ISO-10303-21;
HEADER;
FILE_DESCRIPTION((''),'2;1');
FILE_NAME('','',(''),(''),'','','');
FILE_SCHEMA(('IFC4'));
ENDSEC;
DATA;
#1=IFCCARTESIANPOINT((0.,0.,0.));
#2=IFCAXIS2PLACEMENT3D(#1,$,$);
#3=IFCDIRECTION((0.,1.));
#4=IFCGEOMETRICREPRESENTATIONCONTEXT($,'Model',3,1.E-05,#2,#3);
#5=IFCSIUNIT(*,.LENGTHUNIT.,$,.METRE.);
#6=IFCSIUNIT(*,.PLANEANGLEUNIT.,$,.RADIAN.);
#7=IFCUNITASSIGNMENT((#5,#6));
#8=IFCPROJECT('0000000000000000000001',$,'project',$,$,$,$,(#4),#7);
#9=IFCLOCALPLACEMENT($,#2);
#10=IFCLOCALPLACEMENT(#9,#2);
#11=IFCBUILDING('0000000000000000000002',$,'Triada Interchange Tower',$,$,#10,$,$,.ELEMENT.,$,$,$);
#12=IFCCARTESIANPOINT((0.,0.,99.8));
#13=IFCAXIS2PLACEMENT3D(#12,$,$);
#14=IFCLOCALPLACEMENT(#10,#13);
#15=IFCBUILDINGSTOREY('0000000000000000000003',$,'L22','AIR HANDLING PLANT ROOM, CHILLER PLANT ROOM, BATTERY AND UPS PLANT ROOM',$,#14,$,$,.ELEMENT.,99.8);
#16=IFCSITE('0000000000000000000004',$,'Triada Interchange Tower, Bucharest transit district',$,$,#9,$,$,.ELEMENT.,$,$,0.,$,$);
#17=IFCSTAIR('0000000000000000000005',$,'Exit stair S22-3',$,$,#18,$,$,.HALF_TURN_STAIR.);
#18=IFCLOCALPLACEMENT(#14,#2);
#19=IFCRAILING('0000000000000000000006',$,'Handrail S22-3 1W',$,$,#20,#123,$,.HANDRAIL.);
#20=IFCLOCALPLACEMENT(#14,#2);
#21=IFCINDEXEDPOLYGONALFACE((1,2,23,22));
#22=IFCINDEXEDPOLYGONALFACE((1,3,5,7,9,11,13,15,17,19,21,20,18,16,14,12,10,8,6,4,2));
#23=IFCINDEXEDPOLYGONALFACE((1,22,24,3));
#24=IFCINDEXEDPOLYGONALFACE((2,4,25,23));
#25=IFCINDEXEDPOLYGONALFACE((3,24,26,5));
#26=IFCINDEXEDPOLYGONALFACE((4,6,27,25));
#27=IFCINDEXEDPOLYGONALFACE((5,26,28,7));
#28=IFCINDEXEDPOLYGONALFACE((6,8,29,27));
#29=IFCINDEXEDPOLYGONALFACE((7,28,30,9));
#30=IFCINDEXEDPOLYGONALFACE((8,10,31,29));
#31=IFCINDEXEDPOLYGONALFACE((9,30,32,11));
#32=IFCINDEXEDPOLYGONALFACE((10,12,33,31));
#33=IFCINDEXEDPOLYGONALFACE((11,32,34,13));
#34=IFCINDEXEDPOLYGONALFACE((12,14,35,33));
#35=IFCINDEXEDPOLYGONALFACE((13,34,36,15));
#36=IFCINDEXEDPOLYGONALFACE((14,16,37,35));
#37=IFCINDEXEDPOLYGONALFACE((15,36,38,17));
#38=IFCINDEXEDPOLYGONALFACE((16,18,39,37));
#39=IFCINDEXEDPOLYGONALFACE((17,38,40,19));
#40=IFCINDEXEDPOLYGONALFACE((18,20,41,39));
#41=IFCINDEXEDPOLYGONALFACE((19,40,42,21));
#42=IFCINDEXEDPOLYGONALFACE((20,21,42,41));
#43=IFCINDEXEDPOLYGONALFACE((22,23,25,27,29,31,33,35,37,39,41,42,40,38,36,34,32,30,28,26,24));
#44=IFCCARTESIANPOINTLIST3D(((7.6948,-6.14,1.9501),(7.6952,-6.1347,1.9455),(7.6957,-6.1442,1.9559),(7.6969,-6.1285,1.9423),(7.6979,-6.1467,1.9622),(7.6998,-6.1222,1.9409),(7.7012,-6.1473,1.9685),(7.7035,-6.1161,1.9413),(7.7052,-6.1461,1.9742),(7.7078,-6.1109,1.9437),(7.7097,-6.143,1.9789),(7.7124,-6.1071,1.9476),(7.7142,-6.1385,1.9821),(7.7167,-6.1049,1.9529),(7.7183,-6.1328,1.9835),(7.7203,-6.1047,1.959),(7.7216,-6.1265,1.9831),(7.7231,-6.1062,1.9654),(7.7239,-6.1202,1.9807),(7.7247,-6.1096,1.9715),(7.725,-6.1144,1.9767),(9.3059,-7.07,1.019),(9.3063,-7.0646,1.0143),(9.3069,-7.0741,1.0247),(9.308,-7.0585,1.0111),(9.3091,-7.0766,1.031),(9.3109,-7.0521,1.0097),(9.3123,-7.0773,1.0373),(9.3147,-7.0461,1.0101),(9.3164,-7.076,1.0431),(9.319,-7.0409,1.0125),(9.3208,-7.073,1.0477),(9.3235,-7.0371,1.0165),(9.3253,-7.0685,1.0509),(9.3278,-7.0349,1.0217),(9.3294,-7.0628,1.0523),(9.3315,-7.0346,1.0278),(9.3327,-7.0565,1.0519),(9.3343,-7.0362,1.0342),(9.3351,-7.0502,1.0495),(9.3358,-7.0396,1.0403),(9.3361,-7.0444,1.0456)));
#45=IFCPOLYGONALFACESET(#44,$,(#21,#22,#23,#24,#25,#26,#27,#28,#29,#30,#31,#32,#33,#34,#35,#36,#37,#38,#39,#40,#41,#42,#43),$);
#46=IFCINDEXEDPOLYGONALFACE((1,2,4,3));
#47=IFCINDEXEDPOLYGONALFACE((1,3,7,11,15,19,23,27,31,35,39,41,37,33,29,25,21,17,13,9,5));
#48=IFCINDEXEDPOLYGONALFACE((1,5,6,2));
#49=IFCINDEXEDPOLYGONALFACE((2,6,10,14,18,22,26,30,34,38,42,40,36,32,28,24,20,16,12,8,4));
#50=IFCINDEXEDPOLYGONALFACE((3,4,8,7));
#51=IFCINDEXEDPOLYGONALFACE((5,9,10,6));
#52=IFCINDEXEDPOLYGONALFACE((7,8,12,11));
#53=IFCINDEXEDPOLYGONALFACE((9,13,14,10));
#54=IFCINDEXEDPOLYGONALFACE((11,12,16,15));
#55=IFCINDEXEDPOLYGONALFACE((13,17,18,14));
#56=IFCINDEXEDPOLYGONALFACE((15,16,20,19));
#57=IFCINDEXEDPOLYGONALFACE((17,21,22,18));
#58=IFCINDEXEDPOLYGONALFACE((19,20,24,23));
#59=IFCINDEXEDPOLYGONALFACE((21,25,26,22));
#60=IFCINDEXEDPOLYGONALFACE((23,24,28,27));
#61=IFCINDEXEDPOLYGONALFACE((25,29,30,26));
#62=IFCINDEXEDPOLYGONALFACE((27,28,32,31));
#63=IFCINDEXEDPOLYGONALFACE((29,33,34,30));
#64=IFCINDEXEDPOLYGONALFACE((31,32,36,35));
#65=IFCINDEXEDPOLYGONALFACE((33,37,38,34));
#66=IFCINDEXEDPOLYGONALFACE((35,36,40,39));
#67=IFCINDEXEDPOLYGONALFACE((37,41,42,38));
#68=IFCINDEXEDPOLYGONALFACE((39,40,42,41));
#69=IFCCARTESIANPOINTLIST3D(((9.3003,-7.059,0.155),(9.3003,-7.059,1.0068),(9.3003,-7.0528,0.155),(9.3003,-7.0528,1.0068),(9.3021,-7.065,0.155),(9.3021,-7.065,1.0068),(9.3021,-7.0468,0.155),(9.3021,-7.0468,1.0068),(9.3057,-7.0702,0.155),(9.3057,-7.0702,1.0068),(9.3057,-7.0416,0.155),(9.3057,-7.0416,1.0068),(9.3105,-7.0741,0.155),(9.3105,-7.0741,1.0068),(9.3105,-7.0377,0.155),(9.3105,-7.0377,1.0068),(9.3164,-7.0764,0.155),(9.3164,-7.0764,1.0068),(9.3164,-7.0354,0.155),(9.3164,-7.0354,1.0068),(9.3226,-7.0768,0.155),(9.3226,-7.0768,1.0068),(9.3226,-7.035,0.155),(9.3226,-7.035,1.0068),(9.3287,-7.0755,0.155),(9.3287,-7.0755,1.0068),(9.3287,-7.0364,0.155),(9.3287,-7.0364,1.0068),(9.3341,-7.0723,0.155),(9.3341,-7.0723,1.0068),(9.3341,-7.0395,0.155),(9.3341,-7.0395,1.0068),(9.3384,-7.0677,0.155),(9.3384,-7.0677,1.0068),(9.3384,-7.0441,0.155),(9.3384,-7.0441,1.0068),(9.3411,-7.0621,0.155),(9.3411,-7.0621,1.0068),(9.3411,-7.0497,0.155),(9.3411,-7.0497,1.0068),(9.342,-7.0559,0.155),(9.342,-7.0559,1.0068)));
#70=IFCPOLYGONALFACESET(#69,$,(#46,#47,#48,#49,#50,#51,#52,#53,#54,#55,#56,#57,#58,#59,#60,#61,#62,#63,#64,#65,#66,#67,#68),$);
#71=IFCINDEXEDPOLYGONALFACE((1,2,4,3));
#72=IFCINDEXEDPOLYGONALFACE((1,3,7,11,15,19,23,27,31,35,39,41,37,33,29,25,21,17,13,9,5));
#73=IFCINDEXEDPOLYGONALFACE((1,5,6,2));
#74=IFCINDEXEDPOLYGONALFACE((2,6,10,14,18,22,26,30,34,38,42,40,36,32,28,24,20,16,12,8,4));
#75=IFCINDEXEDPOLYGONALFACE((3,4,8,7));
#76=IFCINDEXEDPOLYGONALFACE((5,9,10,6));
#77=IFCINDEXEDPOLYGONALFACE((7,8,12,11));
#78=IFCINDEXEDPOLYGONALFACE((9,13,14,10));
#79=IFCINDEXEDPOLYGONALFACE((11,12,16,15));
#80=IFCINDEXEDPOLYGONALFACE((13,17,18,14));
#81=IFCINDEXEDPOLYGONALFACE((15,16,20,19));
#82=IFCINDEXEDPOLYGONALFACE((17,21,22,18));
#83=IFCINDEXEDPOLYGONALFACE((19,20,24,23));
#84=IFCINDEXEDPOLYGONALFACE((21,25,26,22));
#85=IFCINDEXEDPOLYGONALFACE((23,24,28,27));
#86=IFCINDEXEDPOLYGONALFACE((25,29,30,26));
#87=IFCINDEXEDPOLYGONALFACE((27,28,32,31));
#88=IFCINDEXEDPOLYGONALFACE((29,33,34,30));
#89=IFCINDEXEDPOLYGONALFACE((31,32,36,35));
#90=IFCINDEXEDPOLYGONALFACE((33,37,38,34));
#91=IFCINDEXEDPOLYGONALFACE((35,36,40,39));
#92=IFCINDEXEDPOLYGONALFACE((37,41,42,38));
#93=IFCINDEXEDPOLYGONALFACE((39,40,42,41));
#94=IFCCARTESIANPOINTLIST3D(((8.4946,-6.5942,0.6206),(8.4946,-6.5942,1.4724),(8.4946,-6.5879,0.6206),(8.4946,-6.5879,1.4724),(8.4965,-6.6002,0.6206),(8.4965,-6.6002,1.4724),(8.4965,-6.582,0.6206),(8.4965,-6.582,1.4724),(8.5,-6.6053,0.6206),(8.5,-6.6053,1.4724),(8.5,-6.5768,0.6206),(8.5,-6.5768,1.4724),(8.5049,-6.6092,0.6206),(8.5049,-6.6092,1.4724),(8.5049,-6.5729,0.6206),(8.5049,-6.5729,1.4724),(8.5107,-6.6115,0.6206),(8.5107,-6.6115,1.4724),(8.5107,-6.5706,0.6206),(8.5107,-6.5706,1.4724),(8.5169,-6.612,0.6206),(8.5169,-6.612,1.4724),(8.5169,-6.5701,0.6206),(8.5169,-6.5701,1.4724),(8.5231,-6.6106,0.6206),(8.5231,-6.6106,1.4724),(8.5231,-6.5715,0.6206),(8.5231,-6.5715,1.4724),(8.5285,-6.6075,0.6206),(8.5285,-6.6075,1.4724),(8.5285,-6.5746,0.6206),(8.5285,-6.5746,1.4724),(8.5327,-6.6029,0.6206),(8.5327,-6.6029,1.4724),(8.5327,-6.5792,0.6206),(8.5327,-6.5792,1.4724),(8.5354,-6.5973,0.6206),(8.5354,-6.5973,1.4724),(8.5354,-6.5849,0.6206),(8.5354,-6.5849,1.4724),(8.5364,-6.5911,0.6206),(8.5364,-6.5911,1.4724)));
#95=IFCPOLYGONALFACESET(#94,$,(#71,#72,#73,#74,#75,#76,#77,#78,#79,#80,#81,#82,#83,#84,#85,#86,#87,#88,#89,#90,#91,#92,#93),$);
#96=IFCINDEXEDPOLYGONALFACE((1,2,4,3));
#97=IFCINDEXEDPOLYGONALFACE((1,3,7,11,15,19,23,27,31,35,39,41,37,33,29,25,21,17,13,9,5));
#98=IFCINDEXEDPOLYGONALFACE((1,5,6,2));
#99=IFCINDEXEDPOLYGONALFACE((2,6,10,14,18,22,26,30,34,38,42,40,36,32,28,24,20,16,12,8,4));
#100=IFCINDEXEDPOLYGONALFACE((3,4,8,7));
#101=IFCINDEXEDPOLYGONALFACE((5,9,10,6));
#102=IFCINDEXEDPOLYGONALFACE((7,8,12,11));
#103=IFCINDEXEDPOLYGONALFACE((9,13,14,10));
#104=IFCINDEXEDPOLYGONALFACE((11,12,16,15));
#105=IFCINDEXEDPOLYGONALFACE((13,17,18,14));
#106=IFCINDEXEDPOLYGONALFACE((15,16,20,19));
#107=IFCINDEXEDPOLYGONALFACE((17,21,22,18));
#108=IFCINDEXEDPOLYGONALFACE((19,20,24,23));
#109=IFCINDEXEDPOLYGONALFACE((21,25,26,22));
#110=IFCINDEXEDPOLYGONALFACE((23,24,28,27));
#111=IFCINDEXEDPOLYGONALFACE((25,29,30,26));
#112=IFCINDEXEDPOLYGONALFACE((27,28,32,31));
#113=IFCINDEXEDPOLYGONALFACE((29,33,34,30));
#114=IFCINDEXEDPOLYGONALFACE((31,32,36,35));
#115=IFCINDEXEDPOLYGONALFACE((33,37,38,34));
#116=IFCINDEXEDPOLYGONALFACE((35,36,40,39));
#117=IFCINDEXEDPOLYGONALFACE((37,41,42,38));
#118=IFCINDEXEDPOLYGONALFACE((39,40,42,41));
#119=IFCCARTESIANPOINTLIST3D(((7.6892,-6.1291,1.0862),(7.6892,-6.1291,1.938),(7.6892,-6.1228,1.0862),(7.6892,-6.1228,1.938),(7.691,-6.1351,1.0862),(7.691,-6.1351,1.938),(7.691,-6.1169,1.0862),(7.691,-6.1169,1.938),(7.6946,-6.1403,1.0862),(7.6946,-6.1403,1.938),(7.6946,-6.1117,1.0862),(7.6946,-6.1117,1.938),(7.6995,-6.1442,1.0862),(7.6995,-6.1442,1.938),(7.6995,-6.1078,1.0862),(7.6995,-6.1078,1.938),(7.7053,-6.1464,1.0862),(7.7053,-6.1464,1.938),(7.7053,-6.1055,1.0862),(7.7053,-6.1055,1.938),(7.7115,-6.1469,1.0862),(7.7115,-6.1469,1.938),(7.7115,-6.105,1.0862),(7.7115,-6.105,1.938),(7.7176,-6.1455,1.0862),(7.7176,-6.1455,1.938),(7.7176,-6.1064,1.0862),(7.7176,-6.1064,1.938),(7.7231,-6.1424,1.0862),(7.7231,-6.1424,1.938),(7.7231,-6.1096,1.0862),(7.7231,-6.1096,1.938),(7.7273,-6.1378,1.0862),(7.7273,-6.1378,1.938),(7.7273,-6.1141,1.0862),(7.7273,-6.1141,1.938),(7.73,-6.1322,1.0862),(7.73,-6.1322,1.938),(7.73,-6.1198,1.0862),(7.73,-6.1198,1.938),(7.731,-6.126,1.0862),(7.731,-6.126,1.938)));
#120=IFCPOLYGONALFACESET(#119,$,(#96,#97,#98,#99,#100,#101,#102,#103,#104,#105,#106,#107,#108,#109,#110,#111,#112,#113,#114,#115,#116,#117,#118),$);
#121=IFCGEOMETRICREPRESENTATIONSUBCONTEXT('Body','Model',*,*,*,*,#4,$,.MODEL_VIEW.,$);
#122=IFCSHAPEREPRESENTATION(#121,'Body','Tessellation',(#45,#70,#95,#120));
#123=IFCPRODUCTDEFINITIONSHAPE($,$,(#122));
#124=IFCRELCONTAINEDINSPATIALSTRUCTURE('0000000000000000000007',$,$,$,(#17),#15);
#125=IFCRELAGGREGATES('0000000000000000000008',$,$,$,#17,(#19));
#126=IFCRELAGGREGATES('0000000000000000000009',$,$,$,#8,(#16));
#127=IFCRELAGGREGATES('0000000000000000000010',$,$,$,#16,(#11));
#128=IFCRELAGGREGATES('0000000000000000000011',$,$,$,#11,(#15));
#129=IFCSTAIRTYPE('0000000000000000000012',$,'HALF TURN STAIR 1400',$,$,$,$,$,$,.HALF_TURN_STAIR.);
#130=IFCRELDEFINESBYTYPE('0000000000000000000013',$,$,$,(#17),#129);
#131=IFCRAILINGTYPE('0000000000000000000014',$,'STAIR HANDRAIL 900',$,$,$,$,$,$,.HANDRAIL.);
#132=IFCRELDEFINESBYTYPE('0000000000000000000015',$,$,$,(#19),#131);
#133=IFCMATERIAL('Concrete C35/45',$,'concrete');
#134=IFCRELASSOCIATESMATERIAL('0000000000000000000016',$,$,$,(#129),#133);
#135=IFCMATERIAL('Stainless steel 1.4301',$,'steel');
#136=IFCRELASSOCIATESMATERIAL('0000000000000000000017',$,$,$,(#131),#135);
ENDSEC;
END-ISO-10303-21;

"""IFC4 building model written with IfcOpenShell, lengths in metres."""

from ifc_helpers import new_model, si_unit, direction, frame, origin, origin_2d, place, context, subcontext, project, spatial, circle, extrude, material, type_object, element, aggregate, save


model = new_model("IFC4")

# Units and contexts
model_context = context("Model", 3, precision=1e-05, world=origin(), true_north=direction((0.0, 1.0)))
body_context = subcontext(model_context, "Body", "Model", "MODEL_VIEW")
ifc_project = project(units=[si_unit("LENGTHUNIT", "METRE"), si_unit("PLANEANGLEUNIT", "RADIAN")], contexts=[model_context])

# Site, building, storey
site_placement = place(None, origin())
site = spatial("IfcSite", under=ifc_project, at=site_placement, Name="Triada Interchange Tower, Bucharest transit district", CompositionType="ELEMENT", RefElevation=0.0)
building_placement = place(site_placement, origin())
building = spatial("IfcBuilding", under=site, at=building_placement, Name="Triada Interchange Tower", CompositionType="ELEMENT")
storey_placement = place(building_placement, frame((0.0, 0.0, 99.8)))
storey = spatial("IfcBuildingStorey", under=building, at=storey_placement, Name="L22", Description="AIR HANDLING PLANT ROOM, CHILLER PLANT ROOM, BATTERY AND UPS PLANT ROOM", CompositionType="ELEMENT", Elevation=99.8)

# Stair, railing
ifc_material_1 = material(Name="Concrete C35/45", Category="concrete")
stair_type = type_object("IfcStairType", Name="HALF TURN STAIR 1400", PredefinedType="HALF_TURN_STAIR", material=ifc_material_1)
stair_placement = place(storey_placement, origin())
stair = element("IfcStair", 1, at=stair_placement, inside=storey, type_object=stair_type, Name="Exit stair S22-3", PredefinedType="HALF_TURN_STAIR")
ifc_material_2 = material(Name="Stainless steel 1.4301", Category="steel")
railing_type = type_object("IfcRailingType", Name="STAIR HANDRAIL 900", PredefinedType="HANDRAIL", material=ifc_material_2)
railing_1_placement = place(storey_placement, frame((9.321, -7.0559, 0.155)))
railing_1 = element("IfcRailing", 2, at=railing_1_placement, type_object=railing_type, Name="Handrail S22-3 1W", PredefinedType="HANDRAIL", context=body_context, shape_type="SweptSolid", body=[
    extrude(circle(Radius=0.0239, at=origin_2d()), frame((0.0, 0.0, 0.876), z_axis=(-0.774469, 0.44703, 0.447617), x_axis=(-0.499908, -0.866079, 0.0)), (0.0, 0.0, 1.0), 2.0803),
    extrude(circle(Radius=0.021, at=origin_2d()), origin(), (0.0, 0.0, 1.0), 0.8518),
    extrude(circle(Radius=0.021, at=origin_2d()), frame((-0.8057, 0.4648, 0.4656)), (0.0, 0.0, 1.0), 0.8518),
    extrude(circle(Radius=0.021, at=origin_2d()), frame((-1.6111, 0.9299, 0.9312)), (0.0, 0.0, 1.0), 0.8518),
])
aggregate(stair, [railing_1])

save(model, "model.ifc")
